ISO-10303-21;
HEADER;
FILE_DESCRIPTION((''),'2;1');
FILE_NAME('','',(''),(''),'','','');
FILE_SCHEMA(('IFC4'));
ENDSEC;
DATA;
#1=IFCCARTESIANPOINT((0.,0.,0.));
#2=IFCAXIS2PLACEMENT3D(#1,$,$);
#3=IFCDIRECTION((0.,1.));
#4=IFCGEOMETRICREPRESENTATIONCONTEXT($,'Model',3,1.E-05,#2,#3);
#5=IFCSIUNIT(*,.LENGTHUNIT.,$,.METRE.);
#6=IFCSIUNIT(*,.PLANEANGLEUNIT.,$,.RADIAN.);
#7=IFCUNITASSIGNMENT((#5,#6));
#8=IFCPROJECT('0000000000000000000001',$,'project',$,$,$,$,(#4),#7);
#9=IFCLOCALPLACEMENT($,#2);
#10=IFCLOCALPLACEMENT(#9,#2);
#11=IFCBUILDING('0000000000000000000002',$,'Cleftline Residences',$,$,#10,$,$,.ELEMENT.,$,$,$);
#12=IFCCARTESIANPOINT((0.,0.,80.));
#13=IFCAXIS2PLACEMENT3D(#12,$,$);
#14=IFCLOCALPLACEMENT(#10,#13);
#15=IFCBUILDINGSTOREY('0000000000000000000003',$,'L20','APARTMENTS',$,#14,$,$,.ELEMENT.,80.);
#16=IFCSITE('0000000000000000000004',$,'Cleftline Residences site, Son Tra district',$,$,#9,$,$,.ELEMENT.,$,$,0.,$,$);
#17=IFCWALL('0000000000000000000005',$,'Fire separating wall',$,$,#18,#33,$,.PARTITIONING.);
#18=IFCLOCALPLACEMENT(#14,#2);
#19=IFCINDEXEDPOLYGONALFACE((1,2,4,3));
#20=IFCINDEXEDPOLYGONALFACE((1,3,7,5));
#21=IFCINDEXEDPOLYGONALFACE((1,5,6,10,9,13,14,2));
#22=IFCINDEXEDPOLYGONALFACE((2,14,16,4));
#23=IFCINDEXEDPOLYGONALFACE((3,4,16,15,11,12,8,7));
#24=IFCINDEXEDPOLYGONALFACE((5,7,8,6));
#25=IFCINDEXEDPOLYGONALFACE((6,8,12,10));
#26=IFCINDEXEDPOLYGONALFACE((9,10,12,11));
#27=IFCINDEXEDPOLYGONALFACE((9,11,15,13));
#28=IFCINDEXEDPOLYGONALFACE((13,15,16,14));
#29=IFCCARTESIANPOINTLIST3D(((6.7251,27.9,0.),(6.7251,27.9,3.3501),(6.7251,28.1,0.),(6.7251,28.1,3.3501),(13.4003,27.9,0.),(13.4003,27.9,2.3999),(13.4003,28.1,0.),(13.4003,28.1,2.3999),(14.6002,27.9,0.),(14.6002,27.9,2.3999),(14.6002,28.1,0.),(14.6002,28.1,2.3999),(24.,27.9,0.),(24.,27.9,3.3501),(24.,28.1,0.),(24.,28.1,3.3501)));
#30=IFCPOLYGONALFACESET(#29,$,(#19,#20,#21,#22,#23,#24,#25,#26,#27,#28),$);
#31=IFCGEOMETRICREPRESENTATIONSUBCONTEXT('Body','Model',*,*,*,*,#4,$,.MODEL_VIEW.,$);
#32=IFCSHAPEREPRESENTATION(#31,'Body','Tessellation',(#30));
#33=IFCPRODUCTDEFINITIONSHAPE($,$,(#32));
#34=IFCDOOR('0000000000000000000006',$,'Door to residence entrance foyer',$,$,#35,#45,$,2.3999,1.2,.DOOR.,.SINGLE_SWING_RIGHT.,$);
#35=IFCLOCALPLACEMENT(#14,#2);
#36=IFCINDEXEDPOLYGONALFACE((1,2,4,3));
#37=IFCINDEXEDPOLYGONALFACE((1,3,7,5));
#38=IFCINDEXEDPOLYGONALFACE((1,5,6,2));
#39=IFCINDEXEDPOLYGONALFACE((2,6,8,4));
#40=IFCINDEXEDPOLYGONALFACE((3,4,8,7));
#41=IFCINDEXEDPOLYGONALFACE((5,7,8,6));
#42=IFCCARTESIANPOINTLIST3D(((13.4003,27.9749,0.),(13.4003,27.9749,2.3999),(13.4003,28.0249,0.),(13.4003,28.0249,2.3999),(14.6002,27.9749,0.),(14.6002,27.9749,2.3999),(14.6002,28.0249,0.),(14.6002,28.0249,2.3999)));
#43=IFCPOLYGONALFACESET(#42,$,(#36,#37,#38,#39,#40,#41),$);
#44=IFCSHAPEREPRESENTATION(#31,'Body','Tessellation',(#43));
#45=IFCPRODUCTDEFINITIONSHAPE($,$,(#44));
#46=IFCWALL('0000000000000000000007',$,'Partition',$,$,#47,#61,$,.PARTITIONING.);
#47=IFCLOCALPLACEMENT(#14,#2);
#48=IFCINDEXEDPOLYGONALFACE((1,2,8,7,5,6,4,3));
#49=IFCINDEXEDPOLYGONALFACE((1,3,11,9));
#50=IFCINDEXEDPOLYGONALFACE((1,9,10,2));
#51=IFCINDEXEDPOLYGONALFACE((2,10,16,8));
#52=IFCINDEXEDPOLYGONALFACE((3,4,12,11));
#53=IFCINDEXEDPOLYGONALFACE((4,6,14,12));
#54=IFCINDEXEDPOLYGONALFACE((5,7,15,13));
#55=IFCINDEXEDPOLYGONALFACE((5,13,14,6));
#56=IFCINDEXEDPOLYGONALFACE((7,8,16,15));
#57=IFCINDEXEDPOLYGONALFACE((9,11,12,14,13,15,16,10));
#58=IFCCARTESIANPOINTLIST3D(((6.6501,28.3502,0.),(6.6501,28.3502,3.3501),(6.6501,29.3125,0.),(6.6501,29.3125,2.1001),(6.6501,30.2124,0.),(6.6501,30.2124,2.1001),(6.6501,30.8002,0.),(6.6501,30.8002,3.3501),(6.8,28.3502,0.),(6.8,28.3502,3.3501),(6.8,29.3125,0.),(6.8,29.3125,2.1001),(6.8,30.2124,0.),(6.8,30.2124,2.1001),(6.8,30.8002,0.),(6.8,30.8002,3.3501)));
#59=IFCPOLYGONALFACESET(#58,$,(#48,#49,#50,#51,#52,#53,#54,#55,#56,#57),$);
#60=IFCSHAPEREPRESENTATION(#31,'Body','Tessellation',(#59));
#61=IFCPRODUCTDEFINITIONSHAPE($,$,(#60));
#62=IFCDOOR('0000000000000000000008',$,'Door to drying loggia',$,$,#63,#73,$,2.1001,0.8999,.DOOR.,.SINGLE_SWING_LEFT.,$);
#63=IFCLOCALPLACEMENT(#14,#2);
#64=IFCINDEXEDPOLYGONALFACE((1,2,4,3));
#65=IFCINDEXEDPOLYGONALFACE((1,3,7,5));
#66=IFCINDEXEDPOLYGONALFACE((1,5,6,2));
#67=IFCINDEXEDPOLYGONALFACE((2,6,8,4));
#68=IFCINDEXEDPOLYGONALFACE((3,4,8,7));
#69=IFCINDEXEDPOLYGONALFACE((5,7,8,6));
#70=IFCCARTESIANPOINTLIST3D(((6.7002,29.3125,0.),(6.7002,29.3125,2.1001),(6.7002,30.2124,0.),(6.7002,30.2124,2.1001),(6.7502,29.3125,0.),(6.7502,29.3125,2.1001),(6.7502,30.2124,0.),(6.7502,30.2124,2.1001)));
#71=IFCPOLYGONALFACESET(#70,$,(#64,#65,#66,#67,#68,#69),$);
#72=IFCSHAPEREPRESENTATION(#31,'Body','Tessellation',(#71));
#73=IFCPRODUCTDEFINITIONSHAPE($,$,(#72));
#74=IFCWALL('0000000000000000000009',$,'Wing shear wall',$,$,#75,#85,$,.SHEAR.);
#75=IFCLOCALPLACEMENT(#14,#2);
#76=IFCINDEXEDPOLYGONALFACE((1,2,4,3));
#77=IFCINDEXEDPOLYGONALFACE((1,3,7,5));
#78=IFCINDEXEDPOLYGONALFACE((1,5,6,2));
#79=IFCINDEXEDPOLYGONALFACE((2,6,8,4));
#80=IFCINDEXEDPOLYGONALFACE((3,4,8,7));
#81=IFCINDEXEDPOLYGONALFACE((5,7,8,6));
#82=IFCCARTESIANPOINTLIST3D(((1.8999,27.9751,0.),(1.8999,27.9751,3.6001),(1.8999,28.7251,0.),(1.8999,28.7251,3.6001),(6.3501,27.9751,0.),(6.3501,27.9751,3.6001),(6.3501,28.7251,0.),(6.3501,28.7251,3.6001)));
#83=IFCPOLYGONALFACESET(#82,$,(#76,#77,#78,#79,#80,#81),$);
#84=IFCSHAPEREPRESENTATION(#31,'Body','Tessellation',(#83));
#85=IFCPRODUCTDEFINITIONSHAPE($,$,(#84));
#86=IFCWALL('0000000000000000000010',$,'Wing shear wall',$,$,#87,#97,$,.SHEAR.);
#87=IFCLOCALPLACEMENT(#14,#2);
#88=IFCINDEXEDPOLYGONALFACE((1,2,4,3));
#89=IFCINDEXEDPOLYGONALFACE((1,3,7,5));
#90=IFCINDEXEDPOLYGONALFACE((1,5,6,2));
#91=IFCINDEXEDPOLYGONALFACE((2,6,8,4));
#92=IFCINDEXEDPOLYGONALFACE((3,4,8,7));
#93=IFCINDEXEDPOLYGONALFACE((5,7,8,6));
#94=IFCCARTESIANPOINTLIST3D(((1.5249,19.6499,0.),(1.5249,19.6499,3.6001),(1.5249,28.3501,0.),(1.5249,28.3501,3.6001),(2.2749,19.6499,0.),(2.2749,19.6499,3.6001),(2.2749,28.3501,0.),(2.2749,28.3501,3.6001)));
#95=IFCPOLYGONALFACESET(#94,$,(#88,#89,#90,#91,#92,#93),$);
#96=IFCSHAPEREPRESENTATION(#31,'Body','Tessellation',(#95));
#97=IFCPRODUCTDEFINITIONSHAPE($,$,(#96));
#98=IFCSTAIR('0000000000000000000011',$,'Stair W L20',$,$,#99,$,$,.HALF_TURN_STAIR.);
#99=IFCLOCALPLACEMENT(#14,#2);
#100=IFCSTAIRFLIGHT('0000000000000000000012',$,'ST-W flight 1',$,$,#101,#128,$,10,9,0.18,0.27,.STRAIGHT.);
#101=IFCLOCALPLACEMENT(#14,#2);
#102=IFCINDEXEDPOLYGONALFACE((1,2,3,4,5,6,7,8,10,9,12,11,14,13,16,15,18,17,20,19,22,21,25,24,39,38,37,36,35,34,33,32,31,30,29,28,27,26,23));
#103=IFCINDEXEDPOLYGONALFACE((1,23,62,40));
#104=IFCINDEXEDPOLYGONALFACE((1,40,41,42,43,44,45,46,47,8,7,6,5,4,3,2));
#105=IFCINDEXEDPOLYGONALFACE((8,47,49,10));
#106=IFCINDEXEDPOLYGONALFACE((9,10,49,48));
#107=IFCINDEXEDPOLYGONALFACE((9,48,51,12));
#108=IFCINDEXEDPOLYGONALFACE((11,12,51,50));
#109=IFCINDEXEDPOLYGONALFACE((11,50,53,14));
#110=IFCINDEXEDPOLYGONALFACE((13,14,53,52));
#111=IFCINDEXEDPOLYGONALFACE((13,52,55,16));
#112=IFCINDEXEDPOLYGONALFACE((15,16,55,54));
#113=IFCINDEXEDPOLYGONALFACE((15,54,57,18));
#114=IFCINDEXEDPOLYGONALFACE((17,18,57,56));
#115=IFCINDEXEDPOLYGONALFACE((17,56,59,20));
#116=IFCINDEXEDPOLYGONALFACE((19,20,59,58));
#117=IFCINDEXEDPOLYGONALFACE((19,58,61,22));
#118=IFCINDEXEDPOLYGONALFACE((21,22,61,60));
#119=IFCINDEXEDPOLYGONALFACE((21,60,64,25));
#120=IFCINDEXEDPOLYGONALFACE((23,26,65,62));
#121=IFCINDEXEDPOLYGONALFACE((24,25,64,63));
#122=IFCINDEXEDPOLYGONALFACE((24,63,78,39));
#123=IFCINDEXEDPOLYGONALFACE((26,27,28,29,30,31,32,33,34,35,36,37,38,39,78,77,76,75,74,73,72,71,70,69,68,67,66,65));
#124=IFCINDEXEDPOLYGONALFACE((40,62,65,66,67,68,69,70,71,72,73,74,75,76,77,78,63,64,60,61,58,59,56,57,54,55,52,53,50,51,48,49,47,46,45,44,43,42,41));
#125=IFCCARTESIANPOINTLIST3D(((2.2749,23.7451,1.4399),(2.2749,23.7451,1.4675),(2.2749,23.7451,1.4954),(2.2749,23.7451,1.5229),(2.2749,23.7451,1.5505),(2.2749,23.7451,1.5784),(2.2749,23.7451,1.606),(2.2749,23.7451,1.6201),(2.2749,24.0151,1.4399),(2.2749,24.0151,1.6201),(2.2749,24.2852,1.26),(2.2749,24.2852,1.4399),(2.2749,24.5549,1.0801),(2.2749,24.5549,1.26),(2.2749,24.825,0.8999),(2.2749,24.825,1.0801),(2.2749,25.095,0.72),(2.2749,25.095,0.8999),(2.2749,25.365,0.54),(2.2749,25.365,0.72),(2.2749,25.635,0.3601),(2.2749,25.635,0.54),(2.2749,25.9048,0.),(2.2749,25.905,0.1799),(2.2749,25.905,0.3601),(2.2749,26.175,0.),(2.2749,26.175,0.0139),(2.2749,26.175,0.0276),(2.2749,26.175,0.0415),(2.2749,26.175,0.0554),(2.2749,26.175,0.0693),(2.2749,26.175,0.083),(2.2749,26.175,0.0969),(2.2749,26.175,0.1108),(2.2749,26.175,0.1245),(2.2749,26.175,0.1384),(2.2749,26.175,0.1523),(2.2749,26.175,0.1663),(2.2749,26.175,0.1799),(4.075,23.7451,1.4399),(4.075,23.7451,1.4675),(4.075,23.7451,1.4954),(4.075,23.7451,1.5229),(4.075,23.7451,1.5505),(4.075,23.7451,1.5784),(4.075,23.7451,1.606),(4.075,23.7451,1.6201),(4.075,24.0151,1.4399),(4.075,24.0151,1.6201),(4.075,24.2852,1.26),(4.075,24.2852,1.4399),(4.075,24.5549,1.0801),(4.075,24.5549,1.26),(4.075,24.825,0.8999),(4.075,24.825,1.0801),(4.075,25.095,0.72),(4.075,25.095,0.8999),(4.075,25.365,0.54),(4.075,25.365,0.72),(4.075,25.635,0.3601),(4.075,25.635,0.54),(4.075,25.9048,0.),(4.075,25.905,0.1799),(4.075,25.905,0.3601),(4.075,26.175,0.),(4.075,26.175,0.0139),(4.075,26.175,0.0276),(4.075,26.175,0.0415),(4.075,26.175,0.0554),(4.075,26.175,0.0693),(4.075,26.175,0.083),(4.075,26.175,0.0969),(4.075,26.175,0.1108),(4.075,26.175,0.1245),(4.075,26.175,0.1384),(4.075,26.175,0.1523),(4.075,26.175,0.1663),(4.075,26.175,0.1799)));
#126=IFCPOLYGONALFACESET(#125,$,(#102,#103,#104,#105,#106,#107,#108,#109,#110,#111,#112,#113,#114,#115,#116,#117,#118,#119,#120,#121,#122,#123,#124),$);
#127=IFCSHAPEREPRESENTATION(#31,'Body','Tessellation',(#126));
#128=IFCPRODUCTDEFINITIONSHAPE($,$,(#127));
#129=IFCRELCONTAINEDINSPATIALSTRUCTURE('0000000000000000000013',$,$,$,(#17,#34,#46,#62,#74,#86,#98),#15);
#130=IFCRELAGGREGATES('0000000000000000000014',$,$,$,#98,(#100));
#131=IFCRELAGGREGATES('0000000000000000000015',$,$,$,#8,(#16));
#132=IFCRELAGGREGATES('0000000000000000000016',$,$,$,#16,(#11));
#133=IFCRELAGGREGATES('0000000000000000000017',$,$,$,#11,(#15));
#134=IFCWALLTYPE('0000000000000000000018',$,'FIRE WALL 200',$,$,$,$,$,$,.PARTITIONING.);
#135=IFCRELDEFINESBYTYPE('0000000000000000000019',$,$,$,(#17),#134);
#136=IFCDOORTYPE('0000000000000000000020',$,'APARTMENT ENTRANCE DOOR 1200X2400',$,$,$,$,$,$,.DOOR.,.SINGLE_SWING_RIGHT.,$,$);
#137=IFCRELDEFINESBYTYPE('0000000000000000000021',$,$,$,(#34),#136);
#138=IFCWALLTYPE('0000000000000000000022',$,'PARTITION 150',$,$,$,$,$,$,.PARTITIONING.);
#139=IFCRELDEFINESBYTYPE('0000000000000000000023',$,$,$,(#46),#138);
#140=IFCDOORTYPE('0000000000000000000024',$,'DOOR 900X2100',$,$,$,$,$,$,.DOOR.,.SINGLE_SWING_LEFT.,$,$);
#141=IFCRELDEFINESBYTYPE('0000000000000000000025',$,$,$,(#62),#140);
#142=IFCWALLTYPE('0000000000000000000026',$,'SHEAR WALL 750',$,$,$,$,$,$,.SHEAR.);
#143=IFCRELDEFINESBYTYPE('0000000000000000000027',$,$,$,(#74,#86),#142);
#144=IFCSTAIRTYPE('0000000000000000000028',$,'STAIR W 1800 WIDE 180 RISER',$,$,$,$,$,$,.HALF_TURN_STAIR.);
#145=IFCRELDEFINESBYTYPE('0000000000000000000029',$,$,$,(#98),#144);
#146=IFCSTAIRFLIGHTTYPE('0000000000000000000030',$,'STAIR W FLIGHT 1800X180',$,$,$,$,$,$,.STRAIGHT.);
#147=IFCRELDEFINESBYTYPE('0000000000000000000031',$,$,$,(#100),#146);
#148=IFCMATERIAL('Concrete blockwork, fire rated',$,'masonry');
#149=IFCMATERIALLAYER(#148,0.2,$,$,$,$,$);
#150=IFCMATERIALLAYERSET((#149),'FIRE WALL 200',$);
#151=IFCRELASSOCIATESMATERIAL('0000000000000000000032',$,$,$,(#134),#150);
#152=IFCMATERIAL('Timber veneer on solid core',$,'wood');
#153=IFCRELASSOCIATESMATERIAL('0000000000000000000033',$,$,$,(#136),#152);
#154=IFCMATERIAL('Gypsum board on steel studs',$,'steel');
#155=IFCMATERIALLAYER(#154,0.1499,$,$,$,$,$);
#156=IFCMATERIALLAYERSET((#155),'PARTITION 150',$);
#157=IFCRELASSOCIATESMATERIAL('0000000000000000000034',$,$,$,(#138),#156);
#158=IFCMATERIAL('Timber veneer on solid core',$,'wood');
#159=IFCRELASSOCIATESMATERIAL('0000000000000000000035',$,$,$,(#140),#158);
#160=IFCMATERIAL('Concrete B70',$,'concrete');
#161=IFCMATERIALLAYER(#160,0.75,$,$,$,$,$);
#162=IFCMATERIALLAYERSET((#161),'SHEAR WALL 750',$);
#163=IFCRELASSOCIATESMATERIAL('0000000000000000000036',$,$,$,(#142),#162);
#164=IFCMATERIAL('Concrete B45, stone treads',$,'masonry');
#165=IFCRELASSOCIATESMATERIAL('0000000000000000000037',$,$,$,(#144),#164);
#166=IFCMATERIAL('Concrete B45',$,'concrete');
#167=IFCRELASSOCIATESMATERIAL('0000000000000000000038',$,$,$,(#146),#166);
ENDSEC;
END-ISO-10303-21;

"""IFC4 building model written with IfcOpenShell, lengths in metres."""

from ifc_helpers import new_model, si_unit, direction, frame, frame_2d, origin, place, context, subcontext, project, spatial, polyline, rectangle, outline, extrude, material, layer, layer_set, type_object, element, fill, aggregate, save


model = new_model("IFC4")

# Units and contexts
model_context = context("Model", 3, precision=1e-05, world=origin(), true_north=direction((0.0, 1.0)))
body_context = subcontext(model_context, "Body", "Model", "MODEL_VIEW")
ifc_project = project(units=[si_unit("LENGTHUNIT", "METRE"), si_unit("PLANEANGLEUNIT", "RADIAN")], contexts=[model_context])

# Site, building, storey
site_placement = place(None, origin())
site = spatial("IfcSite", under=ifc_project, at=site_placement, Name="Cleftline Residences site, Son Tra district", CompositionType="ELEMENT", RefElevation=0.0)
building_placement = place(site_placement, origin())
building = spatial("IfcBuilding", under=site, at=building_placement, Name="Cleftline Residences", CompositionType="ELEMENT")
storey_placement = place(building_placement, frame((0.0, 0.0, 80.0)))
storey = spatial("IfcBuildingStorey", under=building, at=storey_placement, Name="L20", Description="APARTMENTS", CompositionType="ELEMENT", Elevation=80.0)

# Walls, openings, doors
ifc_material_1 = material(Name="Concrete blockwork, fire rated", Category="masonry")
ifc_layer_1 = layer(ifc_material_1, 0.2)
ifc_layer_set_1 = layer_set([ifc_layer_1], Name="FIRE WALL 200")
wall_type_1 = type_object("IfcWallType", Name="FIRE WALL 200", PredefinedType="PARTITIONING", material=ifc_layer_set_1)
wall_1_placement = place(storey_placement, frame((6.7251, 28.0, 0.0), z_axis=(0.0, 0.0, 1.0), x_axis=(1.0, 0.0, 0.0)))
wall_1 = element("IfcWall", 1, at=wall_1_placement, inside=storey, type_object=wall_type_1, Name="Fire separating wall", PredefinedType="PARTITIONING", context=body_context, shape_type="SweptSolid", body=[
    extrude(rectangle(XDim=17.2749, YDim=0.2, at=frame_2d((8.6375, 0.0))), origin(), (0.0, 0.0, 1.0), 3.3501),
])
opening_1_placement = place(wall_1_placement, frame((6.675, 0.0, 0.0)))
opening_1 = element("IfcOpeningElement", 2, at=opening_1_placement, cuts=wall_1, PredefinedType="OPENING", context=body_context, shape_type="SweptSolid", body=[
    extrude(rectangle(XDim=1.2, YDim=2.3999, at=frame_2d((0.6001, 1.2))), frame((0.0, 0.1099, 0.0), z_axis=(0.0, -1.0, 0.0), x_axis=(1.0, 0.0, 0.0)), (0.0, 0.0, 1.0), 0.22),
])
ifc_material_2 = material(Name="Timber veneer on solid core", Category="wood")
door_type_1 = type_object("IfcDoorType", Name="APARTMENT ENTRANCE DOOR 1200X2400", OperationType="SINGLE_SWING_RIGHT", PredefinedType="DOOR", material=ifc_material_2)
door_1_placement = place(opening_1_placement, origin())
door_1 = element("IfcDoor", 3, at=door_1_placement, inside=storey, type_object=door_type_1, Name="Door to residence entrance foyer", OperationType="SINGLE_SWING_RIGHT", OverallHeight=2.3999, OverallWidth=1.2, PredefinedType="DOOR", context=body_context, shape_type="SweptSolid", body=[
    extrude(rectangle(XDim=1.2, YDim=2.3999, at=frame_2d((0.6001, 1.2))), frame((0.0, 0.0249, 0.0), z_axis=(0.0, -1.0, 0.0), x_axis=(1.0, 0.0, 0.0)), (0.0, 0.0, 1.0), 0.05),
])
fill(opening_1, door_1)
ifc_material_3 = material(Name="Gypsum board on steel studs", Category="steel")
ifc_layer_2 = layer(ifc_material_3, 0.1499)
ifc_layer_set_2 = layer_set([ifc_layer_2], Name="PARTITION 150")
wall_type_2 = type_object("IfcWallType", Name="PARTITION 150", PredefinedType="PARTITIONING", material=ifc_layer_set_2)
wall_2_placement = place(storey_placement, frame((6.7251, 28.3501, 0.0), z_axis=(0.0, 0.0, 1.0), x_axis=(0.0, 1.0, 0.0)))
wall_2 = element("IfcWall", 4, at=wall_2_placement, inside=storey, type_object=wall_type_2, Name="Partition", PredefinedType="PARTITIONING", context=body_context, shape_type="SweptSolid", body=[
    extrude(rectangle(XDim=2.45, YDim=0.1499, at=frame_2d((1.2251, 0.0))), origin(), (0.0, 0.0, 1.0), 3.3501),
])
opening_2_placement = place(wall_2_placement, frame((0.9624, 0.0, 0.0)))
opening_2 = element("IfcOpeningElement", 5, at=opening_2_placement, cuts=wall_2, PredefinedType="OPENING", context=body_context, shape_type="SweptSolid", body=[
    extrude(rectangle(XDim=0.8999, YDim=2.1001, at=frame_2d((0.45, 1.05))), frame((0.0, 0.085, 0.0), z_axis=(0.0, -1.0, 0.0), x_axis=(1.0, 0.0, 0.0)), (0.0, 0.0, 1.0), 0.1699),
])
ifc_material_4 = material(Name="Timber veneer on solid core", Category="wood")
door_type_2 = type_object("IfcDoorType", Name="DOOR 900X2100", OperationType="SINGLE_SWING_LEFT", PredefinedType="DOOR", material=ifc_material_4)
door_2_placement = place(opening_2_placement, origin())
door_2 = element("IfcDoor", 6, at=door_2_placement, inside=storey, type_object=door_type_2, Name="Door to drying loggia", OperationType="SINGLE_SWING_LEFT", OverallHeight=2.1001, OverallWidth=0.8999, PredefinedType="DOOR", context=body_context, shape_type="SweptSolid", body=[
    extrude(rectangle(XDim=0.8999, YDim=2.1001, at=frame_2d((0.45, 1.05))), frame((0.0, 0.0249, 0.0), z_axis=(0.0, -1.0, 0.0), x_axis=(1.0, 0.0, 0.0)), (0.0, 0.0, 1.0), 0.05),
])
fill(opening_2, door_2)

# Walls
ifc_material_5 = material(Name="Concrete B70", Category="concrete")
ifc_layer_3 = layer(ifc_material_5, 0.75)
ifc_layer_set_3 = layer_set([ifc_layer_3], Name="SHEAR WALL 750")
wall_type_3 = type_object("IfcWallType", Name="SHEAR WALL 750", PredefinedType="SHEAR", material=ifc_layer_set_3)
wall_3_placement = place(storey_placement, frame((6.3501, 28.3501, 0.0), z_axis=(0.0, 0.0, 1.0), x_axis=(-1.0, 0.0, 0.0)))
element("IfcWall", 7, at=wall_3_placement, inside=storey, type_object=wall_type_3, Name="Wing shear wall", PredefinedType="SHEAR", context=body_context, shape_type="SweptSolid", body=[
    extrude(rectangle(XDim=4.4502, YDim=0.75, at=frame_2d((2.2251, 0.0))), origin(), (0.0, 0.0, 1.0), 3.6001),
])
wall_4_placement = place(storey_placement, frame((1.8999, 28.3501, 0.0), z_axis=(0.0, 0.0, 1.0), x_axis=(0.0, -1.0, 0.0)))
element("IfcWall", 8, at=wall_4_placement, inside=storey, type_object=wall_type_3, Name="Wing shear wall", PredefinedType="SHEAR", context=body_context, shape_type="SweptSolid", body=[
    extrude(rectangle(XDim=8.7002, YDim=0.75, at=frame_2d((4.3501, 0.0))), origin(), (0.0, 0.0, 1.0), 3.6001),
])

# Stair, stair flight
ifc_material_6 = material(Name="Concrete B45, stone treads", Category="masonry")
stair_type = type_object("IfcStairType", Name="STAIR W 1800 WIDE 180 RISER", PredefinedType="HALF_TURN_STAIR", material=ifc_material_6)
stair_placement = place(storey_placement, origin())
stair = element("IfcStair", 9, at=stair_placement, inside=storey, type_object=stair_type, Name="Stair W L20", PredefinedType="HALF_TURN_STAIR")
ifc_material_7 = material(Name="Concrete B45", Category="concrete")
stair_flight_type = type_object("IfcStairFlightType", Name="STAIR W FLIGHT 1800X180", PredefinedType="STRAIGHT", material=ifc_material_7)
stair_flight_1_placement = place(storey_placement, frame((3.175, 26.175, 0.0), z_axis=(0.0, 0.0, 1.0), x_axis=(0.0, -1.0, 0.0)))
stair_flight_1 = element("IfcStairFlight", 10, at=stair_flight_1_placement, type_object=stair_flight_type, Name="ST-W flight 1", NumberOfRisers=10, NumberOfTreads=9, PredefinedType="STRAIGHT", RiserHeight=0.18, TreadLength=0.27, context=body_context, shape_type="SweptSolid", body=[
    extrude(outline(polyline([(0.0, 0.0), (0.0, 0.0139), (0.0, 0.0276), (0.0, 0.0415), (0.0, 0.0554), (0.0, 0.0693), (0.0, 0.083), (0.0, 0.0969), (0.0, 0.1108), (0.0, 0.1245), (0.0, 0.1384), (0.0, 0.1523), (0.0, 0.1663), (0.0, 0.1799), (0.27, 0.1799), (0.27, 0.3601), (0.54, 0.3601), (0.54, 0.54), (0.8101, 0.54), (0.8101, 0.72), (1.0801, 0.72), (1.0801, 0.8999), (1.3501, 0.8999), (1.3501, 1.0801), (1.6201, 1.0801), (1.6201, 1.26), (1.8899, 1.26), (1.8899, 1.4399), (2.1599, 1.4399), (2.1599, 1.6201), (2.4299, 1.6201), (2.4299, 1.8), (2.4299, 1.7722), (2.4299, 1.7446), (2.4299, 1.7168), (2.4299, 1.6892), (2.4299, 1.6614), (2.4299, 1.6338), (2.4299, 1.606), (2.4299, 1.5784), (2.4299, 1.5505), (2.4299, 1.5229), (2.4299, 1.4954), (2.4299, 1.4675), (2.4299, 1.4399), (0.2703, 0.0), (0.0, 0.0)])), frame((0.0, 0.8999, 0.0), z_axis=(0.0, -1.0, 0.0), x_axis=(1.0, 0.0, 0.0)), (0.0, 0.0, 1.0), 1.8),
])
aggregate(stair, [stair_flight_1])

save(model, "model.ifc")
